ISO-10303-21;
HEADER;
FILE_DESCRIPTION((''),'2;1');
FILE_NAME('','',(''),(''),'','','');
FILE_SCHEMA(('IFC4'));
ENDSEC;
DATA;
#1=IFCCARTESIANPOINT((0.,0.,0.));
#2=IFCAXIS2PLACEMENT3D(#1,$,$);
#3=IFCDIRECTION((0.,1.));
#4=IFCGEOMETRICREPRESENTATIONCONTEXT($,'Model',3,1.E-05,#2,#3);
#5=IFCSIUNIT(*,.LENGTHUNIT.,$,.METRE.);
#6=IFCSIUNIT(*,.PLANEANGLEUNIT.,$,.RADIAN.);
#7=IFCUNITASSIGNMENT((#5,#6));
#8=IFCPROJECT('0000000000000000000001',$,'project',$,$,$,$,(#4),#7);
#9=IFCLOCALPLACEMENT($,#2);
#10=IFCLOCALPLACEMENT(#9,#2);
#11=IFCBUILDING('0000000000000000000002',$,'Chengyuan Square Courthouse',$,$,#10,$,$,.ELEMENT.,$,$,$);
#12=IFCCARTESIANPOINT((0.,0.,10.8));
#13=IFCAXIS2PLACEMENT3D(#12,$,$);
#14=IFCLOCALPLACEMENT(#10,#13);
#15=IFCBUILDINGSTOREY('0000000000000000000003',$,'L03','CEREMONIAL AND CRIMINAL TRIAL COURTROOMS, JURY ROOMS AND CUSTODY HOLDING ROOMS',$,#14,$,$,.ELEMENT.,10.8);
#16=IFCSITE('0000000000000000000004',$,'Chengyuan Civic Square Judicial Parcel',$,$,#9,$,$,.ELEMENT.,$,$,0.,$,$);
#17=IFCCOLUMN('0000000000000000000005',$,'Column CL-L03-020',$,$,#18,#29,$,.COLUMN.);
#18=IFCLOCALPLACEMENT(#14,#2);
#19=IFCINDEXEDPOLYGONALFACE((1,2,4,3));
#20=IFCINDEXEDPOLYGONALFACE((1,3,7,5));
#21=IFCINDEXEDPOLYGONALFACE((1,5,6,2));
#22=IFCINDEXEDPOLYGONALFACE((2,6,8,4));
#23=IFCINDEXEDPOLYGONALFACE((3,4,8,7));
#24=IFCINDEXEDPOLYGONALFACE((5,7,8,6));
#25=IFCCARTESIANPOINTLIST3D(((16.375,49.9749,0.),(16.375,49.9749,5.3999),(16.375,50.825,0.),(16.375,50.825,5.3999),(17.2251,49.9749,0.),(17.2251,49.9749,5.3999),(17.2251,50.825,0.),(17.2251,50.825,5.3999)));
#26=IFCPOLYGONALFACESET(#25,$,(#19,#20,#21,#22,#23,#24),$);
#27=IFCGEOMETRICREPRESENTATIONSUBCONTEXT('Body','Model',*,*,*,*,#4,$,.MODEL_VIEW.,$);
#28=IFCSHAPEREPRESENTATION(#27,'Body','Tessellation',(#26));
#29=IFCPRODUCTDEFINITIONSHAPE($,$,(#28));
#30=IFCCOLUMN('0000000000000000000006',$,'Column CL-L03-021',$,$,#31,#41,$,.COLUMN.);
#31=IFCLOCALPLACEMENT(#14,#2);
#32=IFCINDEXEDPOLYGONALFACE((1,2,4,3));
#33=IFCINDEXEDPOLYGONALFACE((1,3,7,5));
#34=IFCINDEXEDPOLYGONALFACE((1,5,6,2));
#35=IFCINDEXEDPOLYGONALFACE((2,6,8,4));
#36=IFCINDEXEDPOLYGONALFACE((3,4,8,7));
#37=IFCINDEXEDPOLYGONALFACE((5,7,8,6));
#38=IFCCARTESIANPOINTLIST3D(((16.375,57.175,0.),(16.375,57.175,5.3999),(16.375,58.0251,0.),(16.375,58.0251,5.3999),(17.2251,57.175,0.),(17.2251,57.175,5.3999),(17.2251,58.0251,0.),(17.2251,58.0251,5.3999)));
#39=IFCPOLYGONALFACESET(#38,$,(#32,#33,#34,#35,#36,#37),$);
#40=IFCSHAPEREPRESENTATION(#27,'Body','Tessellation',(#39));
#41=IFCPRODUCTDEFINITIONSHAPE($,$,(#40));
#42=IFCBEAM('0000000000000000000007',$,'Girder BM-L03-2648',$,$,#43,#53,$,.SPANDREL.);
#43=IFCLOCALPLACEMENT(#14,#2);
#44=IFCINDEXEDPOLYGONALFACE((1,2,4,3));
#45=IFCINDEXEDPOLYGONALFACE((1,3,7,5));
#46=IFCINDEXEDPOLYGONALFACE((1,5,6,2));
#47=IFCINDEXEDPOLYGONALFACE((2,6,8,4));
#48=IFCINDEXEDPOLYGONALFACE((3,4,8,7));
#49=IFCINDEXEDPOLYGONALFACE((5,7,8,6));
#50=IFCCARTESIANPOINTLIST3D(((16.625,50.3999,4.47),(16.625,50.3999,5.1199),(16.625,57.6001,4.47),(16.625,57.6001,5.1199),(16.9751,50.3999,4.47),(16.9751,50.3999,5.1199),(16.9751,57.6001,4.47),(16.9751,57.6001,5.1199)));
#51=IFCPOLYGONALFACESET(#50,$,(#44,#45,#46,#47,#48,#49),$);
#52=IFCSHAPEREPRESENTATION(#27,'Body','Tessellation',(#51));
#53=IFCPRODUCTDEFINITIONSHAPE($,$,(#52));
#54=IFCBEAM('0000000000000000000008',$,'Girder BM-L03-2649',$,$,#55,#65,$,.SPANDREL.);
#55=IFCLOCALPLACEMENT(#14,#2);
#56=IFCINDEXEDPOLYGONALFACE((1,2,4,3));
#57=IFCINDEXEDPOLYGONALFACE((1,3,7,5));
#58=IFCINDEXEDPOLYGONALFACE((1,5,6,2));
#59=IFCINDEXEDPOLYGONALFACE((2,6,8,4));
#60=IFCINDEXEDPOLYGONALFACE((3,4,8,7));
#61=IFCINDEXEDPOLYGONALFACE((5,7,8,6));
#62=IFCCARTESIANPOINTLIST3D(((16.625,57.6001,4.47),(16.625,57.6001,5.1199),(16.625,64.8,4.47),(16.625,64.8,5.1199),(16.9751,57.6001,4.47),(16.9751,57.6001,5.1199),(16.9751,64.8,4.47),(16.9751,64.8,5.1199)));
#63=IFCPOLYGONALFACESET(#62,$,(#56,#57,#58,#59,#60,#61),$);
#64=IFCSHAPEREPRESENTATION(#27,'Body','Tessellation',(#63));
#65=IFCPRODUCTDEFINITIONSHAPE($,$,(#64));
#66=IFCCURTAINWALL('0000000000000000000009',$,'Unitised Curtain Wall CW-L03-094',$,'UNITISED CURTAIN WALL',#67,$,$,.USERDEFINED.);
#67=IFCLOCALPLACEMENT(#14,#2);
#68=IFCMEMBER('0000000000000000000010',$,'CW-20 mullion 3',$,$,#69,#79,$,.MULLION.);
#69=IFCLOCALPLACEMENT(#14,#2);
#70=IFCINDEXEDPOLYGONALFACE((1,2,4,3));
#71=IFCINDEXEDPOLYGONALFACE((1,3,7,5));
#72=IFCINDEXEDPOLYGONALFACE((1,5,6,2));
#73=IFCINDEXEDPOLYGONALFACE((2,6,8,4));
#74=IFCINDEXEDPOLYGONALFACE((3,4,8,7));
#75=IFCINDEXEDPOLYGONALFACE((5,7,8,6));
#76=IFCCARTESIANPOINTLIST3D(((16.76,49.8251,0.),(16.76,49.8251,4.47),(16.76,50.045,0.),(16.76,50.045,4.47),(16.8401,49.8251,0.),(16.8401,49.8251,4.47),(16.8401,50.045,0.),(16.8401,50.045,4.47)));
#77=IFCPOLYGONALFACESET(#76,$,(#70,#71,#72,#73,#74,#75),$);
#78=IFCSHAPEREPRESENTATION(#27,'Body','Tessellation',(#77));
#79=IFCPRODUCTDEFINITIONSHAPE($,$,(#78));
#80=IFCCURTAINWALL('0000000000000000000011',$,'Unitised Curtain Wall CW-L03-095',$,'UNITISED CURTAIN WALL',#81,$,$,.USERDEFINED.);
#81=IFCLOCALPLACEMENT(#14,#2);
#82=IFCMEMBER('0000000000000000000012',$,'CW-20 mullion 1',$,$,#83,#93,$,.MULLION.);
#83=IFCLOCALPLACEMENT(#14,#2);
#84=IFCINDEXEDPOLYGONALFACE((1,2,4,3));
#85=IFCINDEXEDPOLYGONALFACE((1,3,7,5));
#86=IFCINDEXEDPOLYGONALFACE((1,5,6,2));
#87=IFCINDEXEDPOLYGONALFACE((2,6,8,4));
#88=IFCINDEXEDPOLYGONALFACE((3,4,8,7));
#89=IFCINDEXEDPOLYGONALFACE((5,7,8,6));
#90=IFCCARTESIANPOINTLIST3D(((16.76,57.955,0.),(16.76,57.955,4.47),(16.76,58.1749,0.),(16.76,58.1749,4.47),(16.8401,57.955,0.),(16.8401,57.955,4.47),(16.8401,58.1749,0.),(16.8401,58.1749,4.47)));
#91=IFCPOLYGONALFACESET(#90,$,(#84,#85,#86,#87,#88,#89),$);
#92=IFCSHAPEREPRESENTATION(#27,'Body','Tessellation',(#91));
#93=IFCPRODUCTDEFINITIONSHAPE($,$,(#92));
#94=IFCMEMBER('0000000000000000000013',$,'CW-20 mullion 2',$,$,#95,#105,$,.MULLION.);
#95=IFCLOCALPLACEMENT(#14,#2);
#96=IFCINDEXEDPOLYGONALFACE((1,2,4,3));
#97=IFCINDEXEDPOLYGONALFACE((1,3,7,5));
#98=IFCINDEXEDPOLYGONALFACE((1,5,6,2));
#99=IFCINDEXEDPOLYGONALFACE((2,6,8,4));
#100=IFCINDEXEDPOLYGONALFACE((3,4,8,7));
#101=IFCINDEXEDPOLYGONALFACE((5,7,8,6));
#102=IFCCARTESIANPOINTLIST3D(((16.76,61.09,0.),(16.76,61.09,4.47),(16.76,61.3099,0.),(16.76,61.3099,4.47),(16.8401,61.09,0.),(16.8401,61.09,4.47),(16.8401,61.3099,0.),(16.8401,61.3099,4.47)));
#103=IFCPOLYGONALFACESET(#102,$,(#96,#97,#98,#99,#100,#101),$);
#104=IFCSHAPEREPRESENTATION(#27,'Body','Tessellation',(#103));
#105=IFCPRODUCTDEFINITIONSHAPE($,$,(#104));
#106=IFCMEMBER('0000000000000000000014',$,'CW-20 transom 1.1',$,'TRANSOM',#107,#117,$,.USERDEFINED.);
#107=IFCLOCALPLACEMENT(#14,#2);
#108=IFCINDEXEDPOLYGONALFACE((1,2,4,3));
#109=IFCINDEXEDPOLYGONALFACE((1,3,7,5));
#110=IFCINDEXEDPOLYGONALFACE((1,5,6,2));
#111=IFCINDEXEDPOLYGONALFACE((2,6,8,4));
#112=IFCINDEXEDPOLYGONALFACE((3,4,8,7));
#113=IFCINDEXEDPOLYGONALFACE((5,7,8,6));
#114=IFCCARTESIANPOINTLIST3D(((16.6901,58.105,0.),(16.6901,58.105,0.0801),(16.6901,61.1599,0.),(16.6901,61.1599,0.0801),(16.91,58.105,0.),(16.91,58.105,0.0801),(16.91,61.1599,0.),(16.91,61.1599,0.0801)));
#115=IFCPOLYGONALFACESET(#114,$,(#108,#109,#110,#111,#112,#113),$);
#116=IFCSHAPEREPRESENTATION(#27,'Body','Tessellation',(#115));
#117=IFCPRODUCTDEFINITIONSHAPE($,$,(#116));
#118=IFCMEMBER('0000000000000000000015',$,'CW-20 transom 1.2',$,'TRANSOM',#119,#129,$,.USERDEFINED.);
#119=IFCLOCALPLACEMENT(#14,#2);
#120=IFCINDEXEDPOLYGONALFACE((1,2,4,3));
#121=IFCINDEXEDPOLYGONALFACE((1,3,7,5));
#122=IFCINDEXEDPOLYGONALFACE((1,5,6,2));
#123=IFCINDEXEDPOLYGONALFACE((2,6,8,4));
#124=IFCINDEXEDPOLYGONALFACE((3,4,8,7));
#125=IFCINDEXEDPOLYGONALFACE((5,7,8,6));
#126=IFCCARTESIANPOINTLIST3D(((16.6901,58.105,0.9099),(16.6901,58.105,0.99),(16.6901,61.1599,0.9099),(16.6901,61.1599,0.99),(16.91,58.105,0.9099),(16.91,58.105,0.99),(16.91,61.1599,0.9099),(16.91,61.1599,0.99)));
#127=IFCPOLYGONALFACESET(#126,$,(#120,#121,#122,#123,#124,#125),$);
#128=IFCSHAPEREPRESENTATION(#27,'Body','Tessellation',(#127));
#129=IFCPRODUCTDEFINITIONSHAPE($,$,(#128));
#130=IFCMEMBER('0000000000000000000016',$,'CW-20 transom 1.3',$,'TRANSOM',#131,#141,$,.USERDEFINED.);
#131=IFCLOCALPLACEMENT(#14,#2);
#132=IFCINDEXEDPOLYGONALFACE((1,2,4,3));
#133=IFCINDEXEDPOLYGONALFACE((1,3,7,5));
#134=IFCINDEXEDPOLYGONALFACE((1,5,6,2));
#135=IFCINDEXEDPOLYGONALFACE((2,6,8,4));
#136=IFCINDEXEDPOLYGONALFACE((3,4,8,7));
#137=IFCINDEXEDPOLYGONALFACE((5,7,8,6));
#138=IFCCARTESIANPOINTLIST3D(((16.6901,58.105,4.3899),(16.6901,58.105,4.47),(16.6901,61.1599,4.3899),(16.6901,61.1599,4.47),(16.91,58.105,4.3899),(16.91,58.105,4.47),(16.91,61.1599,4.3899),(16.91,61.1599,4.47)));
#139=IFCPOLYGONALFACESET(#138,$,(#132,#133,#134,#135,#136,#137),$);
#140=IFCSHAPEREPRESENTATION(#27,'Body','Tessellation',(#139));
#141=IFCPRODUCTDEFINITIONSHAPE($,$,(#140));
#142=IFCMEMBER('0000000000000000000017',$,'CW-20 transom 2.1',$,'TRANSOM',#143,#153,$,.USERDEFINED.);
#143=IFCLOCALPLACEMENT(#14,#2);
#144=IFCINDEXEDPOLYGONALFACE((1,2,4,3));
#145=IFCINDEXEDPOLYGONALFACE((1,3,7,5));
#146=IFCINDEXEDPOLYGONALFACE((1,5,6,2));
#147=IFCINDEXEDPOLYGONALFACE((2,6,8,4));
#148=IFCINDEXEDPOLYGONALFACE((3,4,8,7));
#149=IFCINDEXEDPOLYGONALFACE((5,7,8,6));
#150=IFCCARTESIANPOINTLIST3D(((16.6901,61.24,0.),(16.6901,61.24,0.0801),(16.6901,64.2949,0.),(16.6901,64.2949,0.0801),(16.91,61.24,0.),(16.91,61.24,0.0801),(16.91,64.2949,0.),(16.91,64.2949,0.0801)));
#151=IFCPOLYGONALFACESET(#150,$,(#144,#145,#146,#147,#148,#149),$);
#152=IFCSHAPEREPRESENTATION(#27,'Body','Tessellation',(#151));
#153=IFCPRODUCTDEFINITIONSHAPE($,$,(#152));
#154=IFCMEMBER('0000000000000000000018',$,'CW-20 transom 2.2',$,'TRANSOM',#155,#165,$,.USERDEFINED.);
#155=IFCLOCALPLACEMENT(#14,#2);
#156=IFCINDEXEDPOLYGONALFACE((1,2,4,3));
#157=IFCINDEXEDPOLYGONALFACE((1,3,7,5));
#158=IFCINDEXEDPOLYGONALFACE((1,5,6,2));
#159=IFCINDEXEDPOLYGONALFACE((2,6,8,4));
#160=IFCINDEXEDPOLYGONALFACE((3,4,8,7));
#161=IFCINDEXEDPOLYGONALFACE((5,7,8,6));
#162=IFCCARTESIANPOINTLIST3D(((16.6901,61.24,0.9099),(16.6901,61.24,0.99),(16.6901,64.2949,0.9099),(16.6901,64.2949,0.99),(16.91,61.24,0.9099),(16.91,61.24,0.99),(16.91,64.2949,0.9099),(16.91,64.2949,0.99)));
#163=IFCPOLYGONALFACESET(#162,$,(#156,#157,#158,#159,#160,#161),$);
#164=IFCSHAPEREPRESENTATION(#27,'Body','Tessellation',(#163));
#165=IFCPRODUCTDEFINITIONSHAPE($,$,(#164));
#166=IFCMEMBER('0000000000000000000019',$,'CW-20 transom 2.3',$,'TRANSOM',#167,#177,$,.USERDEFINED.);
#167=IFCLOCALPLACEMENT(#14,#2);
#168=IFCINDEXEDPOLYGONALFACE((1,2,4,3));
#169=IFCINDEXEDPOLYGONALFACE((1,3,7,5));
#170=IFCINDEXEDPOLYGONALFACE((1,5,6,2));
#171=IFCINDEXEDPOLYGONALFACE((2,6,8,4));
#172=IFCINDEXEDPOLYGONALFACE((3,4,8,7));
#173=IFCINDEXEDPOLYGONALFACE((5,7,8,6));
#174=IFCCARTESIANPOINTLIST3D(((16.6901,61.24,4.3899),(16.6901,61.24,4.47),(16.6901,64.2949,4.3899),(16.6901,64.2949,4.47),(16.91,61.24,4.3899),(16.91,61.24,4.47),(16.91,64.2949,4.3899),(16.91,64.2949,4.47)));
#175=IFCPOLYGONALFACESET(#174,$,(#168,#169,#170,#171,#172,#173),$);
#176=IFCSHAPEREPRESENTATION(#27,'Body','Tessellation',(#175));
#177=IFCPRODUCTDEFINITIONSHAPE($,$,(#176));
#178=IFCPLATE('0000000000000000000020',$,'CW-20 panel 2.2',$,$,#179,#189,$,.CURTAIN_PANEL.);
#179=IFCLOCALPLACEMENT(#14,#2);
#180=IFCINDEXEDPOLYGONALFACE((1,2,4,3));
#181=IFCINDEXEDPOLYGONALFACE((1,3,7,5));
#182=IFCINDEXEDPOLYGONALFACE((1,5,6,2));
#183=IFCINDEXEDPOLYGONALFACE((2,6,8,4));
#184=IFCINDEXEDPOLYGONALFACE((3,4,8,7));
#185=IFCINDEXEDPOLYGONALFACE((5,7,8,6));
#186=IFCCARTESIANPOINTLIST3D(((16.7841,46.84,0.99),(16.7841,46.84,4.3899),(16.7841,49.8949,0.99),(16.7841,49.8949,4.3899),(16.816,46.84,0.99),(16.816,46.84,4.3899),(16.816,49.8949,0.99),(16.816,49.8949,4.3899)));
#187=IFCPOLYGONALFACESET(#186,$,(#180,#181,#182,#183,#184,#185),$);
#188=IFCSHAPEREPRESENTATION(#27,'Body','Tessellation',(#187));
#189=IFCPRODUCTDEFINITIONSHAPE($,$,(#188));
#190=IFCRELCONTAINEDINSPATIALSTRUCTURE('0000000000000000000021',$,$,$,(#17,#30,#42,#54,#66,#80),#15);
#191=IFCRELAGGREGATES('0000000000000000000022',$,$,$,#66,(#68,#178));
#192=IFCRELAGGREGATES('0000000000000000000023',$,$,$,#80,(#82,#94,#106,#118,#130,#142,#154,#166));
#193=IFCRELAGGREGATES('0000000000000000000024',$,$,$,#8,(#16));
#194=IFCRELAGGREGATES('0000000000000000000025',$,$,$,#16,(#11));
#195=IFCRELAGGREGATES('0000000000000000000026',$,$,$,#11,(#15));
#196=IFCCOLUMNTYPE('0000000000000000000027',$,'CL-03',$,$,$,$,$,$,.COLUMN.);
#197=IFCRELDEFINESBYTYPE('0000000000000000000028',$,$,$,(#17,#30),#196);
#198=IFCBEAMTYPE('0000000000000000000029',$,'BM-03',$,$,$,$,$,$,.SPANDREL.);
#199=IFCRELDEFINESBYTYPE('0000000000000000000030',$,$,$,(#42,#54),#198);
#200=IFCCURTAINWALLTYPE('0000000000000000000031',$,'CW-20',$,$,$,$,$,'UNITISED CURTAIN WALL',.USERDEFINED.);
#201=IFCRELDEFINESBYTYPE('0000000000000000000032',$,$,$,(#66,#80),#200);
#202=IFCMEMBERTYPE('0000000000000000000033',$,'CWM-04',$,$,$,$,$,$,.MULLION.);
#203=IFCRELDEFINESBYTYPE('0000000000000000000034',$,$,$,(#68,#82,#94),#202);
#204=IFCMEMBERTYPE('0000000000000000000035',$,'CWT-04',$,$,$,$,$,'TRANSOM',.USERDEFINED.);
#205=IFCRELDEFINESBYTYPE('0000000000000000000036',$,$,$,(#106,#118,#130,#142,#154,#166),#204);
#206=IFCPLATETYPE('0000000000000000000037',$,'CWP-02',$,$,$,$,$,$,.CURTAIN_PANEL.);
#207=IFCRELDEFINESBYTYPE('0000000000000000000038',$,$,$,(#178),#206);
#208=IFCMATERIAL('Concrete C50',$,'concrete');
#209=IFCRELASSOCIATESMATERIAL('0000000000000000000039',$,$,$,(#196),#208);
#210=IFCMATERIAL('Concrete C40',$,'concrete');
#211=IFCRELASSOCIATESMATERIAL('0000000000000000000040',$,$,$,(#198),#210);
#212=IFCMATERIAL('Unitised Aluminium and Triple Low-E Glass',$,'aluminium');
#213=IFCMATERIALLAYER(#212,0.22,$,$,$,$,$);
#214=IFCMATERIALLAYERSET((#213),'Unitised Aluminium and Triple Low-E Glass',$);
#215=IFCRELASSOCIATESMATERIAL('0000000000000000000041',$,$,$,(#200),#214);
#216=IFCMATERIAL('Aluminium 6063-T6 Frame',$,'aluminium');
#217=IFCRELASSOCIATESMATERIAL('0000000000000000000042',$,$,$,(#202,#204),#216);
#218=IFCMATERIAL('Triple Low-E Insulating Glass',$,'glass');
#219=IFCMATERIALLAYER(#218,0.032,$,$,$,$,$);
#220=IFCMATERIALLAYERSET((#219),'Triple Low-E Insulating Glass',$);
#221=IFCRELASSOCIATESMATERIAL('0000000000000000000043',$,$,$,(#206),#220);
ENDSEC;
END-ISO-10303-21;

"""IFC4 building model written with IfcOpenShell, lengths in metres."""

from ifc_helpers import new_model, si_unit, direction, frame, origin, origin_2d, place, context, subcontext, project, spatial, rectangle, extrude, material, layer, layer_set, material_profile, profile_set, type_object, element, aggregate, save


model = new_model("IFC4")

# Units and contexts
model_context = context("Model", 3, precision=1e-05, world=origin(), true_north=direction((0.0, 1.0)))
body_context = subcontext(model_context, "Body", "Model", "MODEL_VIEW")
ifc_project = project(units=[si_unit("LENGTHUNIT", "METRE"), si_unit("PLANEANGLEUNIT", "RADIAN")], contexts=[model_context])

# Site, building, storey
site_placement = place(None, origin())
site = spatial("IfcSite", under=ifc_project, at=site_placement, Name="Chengyuan Civic Square Judicial Parcel", CompositionType="ELEMENT", RefElevation=0.0)
building_placement = place(site_placement, origin())
building = spatial("IfcBuilding", under=site, at=building_placement, Name="Chengyuan Square Courthouse", CompositionType="ELEMENT")
storey_placement = place(building_placement, frame((0.0, 0.0, 10.8)))
storey = spatial("IfcBuildingStorey", under=building, at=storey_placement, Name="L03", Description="CEREMONIAL AND CRIMINAL TRIAL COURTROOMS, JURY ROOMS AND CUSTODY HOLDING ROOMS", CompositionType="ELEMENT", Elevation=10.8)

# Columns
ifc_material_1 = material(Name="Concrete C50", Category="concrete")
ifc_material_profile_1 = material_profile(ifc_material_1, rectangle(XDim=0.8501, YDim=0.8501, at=origin_2d()), Name="RC-COL-850x850")
ifc_profile_set_1 = profile_set([ifc_material_profile_1], Name="Concrete C50")
column_type = type_object("IfcColumnType", Name="CL-03", PredefinedType="COLUMN", material=ifc_profile_set_1)
for number, where, z_axis, x_axis, name in (
    (1, (16.8, 50.3999, 0.0), (0.0, 0.0, 1.0), (1.0, 0.0, 0.0), "Column CL-L03-020"),
    (2, (16.8, 57.6001, 0.0), (0.0, 0.0, 1.0), (1.0, 0.0, 0.0), "Column CL-L03-021"),
):
    element("IfcColumn", number, at=place(storey_placement, frame(where, z_axis=z_axis, x_axis=x_axis)), inside=storey, type_object=column_type, Name=name, PredefinedType="COLUMN", context=body_context, shape_type="SweptSolid", body=[
        extrude(rectangle(XDim=0.8501, YDim=0.8501, at=origin_2d()), origin(), (0.0, 0.0, 1.0), 5.3999),
    ])

# Beams
ifc_material_2 = material(Name="Concrete C40", Category="concrete")
ifc_material_profile_2 = material_profile(ifc_material_2, rectangle(XDim=0.3501, YDim=0.6499, at=origin_2d()), Name="RC-BM-350x650")
ifc_profile_set_2 = profile_set([ifc_material_profile_2], Name="Concrete C40")
beam_type = type_object("IfcBeamType", Name="BM-03", PredefinedType="SPANDREL", material=ifc_profile_set_2)
beam_1_placement = place(storey_placement, frame((16.8, 50.3999, 4.7949), z_axis=(0.0, 1.0, 0.0), x_axis=(-1.0, 0.0, 0.0)))
element("IfcBeam", 3, at=beam_1_placement, inside=storey, type_object=beam_type, Name="Girder BM-L03-2648", PredefinedType="SPANDREL", context=body_context, shape_type="SweptSolid", body=[
    extrude(rectangle(XDim=0.3501, YDim=0.6499, at=origin_2d()), origin(), (0.0, 0.0, 1.0), 7.2002),
])
beam_2_placement = place(storey_placement, frame((16.8, 57.6001, 4.7949), z_axis=(0.0, 1.0, 0.0), x_axis=(-1.0, 0.0, 0.0)))
element("IfcBeam", 4, at=beam_2_placement, inside=storey, type_object=beam_type, Name="Girder BM-L03-2649", PredefinedType="SPANDREL", context=body_context, shape_type="SweptSolid", body=[
    extrude(rectangle(XDim=0.3501, YDim=0.6499, at=origin_2d()), origin(), (0.0, 0.0, 1.0), 7.2),
])

# Curtain wall, member
ifc_material_3 = material(Name="Unitised Aluminium and Triple Low-E Glass", Category="aluminium")
ifc_layer_1 = layer(ifc_material_3, 0.22)
ifc_layer_set_1 = layer_set([ifc_layer_1], Name="Unitised Aluminium and Triple Low-E Glass")
curtain_wall_type = type_object("IfcCurtainWallType", Name="CW-20", ElementType="UNITISED CURTAIN WALL", PredefinedType="USERDEFINED", material=ifc_layer_set_1)
curtain_wall_1_placement = place(storey_placement, origin())
curtain_wall_1 = element("IfcCurtainWall", 5, at=curtain_wall_1_placement, inside=storey, type_object=curtain_wall_type, Name="Unitised Curtain Wall CW-L03-094", ObjectType="UNITISED CURTAIN WALL", PredefinedType="USERDEFINED")
ifc_material_4 = material(Name="Aluminium 6063-T6 Frame", Category="aluminium")
ifc_material_profile_3 = material_profile(ifc_material_4, rectangle(XDim=0.0801, YDim=0.22, at=origin_2d()), Name="CW-MUL-80x220")
ifc_profile_set_3 = profile_set([ifc_material_profile_3], Name="Aluminium 6063-T6 Frame")
member_type_1 = type_object("IfcMemberType", Name="CWM-04", PredefinedType="MULLION", material=ifc_profile_set_3)
member_1_placement = place(storey_placement, frame((16.8, 49.9351, 0.0), z_axis=(0.0, 0.0, 1.0), x_axis=(-1.0, 0.0, 0.0)))
member_1 = element("IfcMember", 6, at=member_1_placement, type_object=member_type_1, Name="CW-20 mullion 3", PredefinedType="MULLION", context=body_context, shape_type="SweptSolid", body=[
    extrude(rectangle(XDim=0.0801, YDim=0.22, at=origin_2d()), origin(), (0.0, 0.0, 1.0), 4.47),
])

# Curtain wall, members
curtain_wall_2_placement = place(storey_placement, origin())
curtain_wall_2 = element("IfcCurtainWall", 7, at=curtain_wall_2_placement, inside=storey, type_object=curtain_wall_type, Name="Unitised Curtain Wall CW-L03-095", ObjectType="UNITISED CURTAIN WALL", PredefinedType="USERDEFINED")
member_2_placement = place(storey_placement, frame((16.8, 58.0649, 0.0), z_axis=(0.0, 0.0, 1.0), x_axis=(-1.0, 0.0, 0.0)))
member_2 = element("IfcMember", 8, at=member_2_placement, type_object=member_type_1, Name="CW-20 mullion 1", PredefinedType="MULLION", context=body_context, shape_type="SweptSolid", body=[
    extrude(rectangle(XDim=0.0801, YDim=0.22, at=origin_2d()), origin(), (0.0, 0.0, 1.0), 4.47),
])
member_3_placement = place(storey_placement, frame((16.8, 61.2, 0.0), z_axis=(0.0, 0.0, 1.0), x_axis=(-1.0, 0.0, 0.0)))
member_3 = element("IfcMember", 9, at=member_3_placement, type_object=member_type_1, Name="CW-20 mullion 2", PredefinedType="MULLION", context=body_context, shape_type="SweptSolid", body=[
    extrude(rectangle(XDim=0.0801, YDim=0.22, at=origin_2d()), origin(), (0.0, 0.0, 1.0), 4.47),
])
ifc_material_profile_4 = material_profile(ifc_material_4, rectangle(XDim=0.22, YDim=0.0801, at=origin_2d()), Name="CW-TRN-80x180")
ifc_profile_set_4 = profile_set([ifc_material_profile_4], Name="Aluminium 6063-T6 Frame")
member_type_2 = type_object("IfcMemberType", Name="CWT-04", ElementType="TRANSOM", PredefinedType="USERDEFINED", material=ifc_profile_set_4)
member_4_placement = place(storey_placement, frame((16.8, 58.105, 0.04), z_axis=(0.0, 1.0, 0.0), x_axis=(-1.0, 0.0, 0.0)))
member_4 = element("IfcMember", 10, at=member_4_placement, type_object=member_type_2, Name="CW-20 transom 1.1", ObjectType="TRANSOM", PredefinedType="USERDEFINED", context=body_context, shape_type="SweptSolid", body=[
    extrude(rectangle(XDim=0.22, YDim=0.0801, at=origin_2d()), origin(), (0.0, 0.0, 1.0), 3.0549),
])
member_5_placement = place(storey_placement, frame((16.8, 58.105, 0.95), z_axis=(0.0, 1.0, 0.0), x_axis=(-1.0, 0.0, 0.0)))
member_5 = element("IfcMember", 11, at=member_5_placement, type_object=member_type_2, Name="CW-20 transom 1.2", ObjectType="TRANSOM", PredefinedType="USERDEFINED", context=body_context, shape_type="SweptSolid", body=[
    extrude(rectangle(XDim=0.22, YDim=0.0801, at=origin_2d()), origin(), (0.0, 0.0, 1.0), 3.0549),
])
member_6_placement = place(storey_placement, frame((16.8, 58.105, 4.4299), z_axis=(0.0, 1.0, 0.0), x_axis=(-1.0, 0.0, 0.0)))
member_6 = element("IfcMember", 12, at=member_6_placement, type_object=member_type_2, Name="CW-20 transom 1.3", ObjectType="TRANSOM", PredefinedType="USERDEFINED", context=body_context, shape_type="SweptSolid", body=[
    extrude(rectangle(XDim=0.22, YDim=0.0801, at=origin_2d()), origin(), (0.0, 0.0, 1.0), 3.0549),
])
member_7_placement = place(storey_placement, frame((16.8, 61.24, 0.04), z_axis=(0.0, 1.0, 0.0), x_axis=(-1.0, 0.0, 0.0)))
member_7 = element("IfcMember", 13, at=member_7_placement, type_object=member_type_2, Name="CW-20 transom 2.1", ObjectType="TRANSOM", PredefinedType="USERDEFINED", context=body_context, shape_type="SweptSolid", body=[
    extrude(rectangle(XDim=0.22, YDim=0.0801, at=origin_2d()), origin(), (0.0, 0.0, 1.0), 3.0549),
])
member_8_placement = place(storey_placement, frame((16.8, 61.24, 0.95), z_axis=(0.0, 1.0, 0.0), x_axis=(-1.0, 0.0, 0.0)))
member_8 = element("IfcMember", 14, at=member_8_placement, type_object=member_type_2, Name="CW-20 transom 2.2", ObjectType="TRANSOM", PredefinedType="USERDEFINED", context=body_context, shape_type="SweptSolid", body=[
    extrude(rectangle(XDim=0.22, YDim=0.0801, at=origin_2d()), origin(), (0.0, 0.0, 1.0), 3.0549),
])
member_9_placement = place(storey_placement, frame((16.8, 61.24, 4.4299), z_axis=(0.0, 1.0, 0.0), x_axis=(-1.0, 0.0, 0.0)))
member_9 = element("IfcMember", 15, at=member_9_placement, type_object=member_type_2, Name="CW-20 transom 2.3", ObjectType="TRANSOM", PredefinedType="USERDEFINED", context=body_context, shape_type="SweptSolid", body=[
    extrude(rectangle(XDim=0.22, YDim=0.0801, at=origin_2d()), origin(), (0.0, 0.0, 1.0), 3.0549),
])

# Plate
ifc_material_5 = material(Name="Triple Low-E Insulating Glass", Category="glass")
ifc_layer_2 = layer(ifc_material_5, 0.032)
ifc_layer_set_2 = layer_set([ifc_layer_2], Name="Triple Low-E Insulating Glass")
plate_type = type_object("IfcPlateType", Name="CWP-02", PredefinedType="CURTAIN_PANEL", material=ifc_layer_set_2)
plate_1_placement = place(storey_placement, frame((16.8, 48.3674, 0.99), z_axis=(0.0, 0.0, 1.0), x_axis=(0.0, 1.0, 0.0)))
plate_1 = element("IfcPlate", 16, at=plate_1_placement, type_object=plate_type, Name="CW-20 panel 2.2", PredefinedType="CURTAIN_PANEL", context=body_context, shape_type="SweptSolid", body=[
    extrude(rectangle(XDim=3.0549, YDim=0.032, at=origin_2d()), origin(), (0.0, 0.0, 1.0), 3.3999),
])
aggregate(curtain_wall_1, [member_1, plate_1])
aggregate(curtain_wall_2, [member_2, member_3, member_4, member_5, member_6, member_7, member_8, member_9])

save(model, "model.ifc")
